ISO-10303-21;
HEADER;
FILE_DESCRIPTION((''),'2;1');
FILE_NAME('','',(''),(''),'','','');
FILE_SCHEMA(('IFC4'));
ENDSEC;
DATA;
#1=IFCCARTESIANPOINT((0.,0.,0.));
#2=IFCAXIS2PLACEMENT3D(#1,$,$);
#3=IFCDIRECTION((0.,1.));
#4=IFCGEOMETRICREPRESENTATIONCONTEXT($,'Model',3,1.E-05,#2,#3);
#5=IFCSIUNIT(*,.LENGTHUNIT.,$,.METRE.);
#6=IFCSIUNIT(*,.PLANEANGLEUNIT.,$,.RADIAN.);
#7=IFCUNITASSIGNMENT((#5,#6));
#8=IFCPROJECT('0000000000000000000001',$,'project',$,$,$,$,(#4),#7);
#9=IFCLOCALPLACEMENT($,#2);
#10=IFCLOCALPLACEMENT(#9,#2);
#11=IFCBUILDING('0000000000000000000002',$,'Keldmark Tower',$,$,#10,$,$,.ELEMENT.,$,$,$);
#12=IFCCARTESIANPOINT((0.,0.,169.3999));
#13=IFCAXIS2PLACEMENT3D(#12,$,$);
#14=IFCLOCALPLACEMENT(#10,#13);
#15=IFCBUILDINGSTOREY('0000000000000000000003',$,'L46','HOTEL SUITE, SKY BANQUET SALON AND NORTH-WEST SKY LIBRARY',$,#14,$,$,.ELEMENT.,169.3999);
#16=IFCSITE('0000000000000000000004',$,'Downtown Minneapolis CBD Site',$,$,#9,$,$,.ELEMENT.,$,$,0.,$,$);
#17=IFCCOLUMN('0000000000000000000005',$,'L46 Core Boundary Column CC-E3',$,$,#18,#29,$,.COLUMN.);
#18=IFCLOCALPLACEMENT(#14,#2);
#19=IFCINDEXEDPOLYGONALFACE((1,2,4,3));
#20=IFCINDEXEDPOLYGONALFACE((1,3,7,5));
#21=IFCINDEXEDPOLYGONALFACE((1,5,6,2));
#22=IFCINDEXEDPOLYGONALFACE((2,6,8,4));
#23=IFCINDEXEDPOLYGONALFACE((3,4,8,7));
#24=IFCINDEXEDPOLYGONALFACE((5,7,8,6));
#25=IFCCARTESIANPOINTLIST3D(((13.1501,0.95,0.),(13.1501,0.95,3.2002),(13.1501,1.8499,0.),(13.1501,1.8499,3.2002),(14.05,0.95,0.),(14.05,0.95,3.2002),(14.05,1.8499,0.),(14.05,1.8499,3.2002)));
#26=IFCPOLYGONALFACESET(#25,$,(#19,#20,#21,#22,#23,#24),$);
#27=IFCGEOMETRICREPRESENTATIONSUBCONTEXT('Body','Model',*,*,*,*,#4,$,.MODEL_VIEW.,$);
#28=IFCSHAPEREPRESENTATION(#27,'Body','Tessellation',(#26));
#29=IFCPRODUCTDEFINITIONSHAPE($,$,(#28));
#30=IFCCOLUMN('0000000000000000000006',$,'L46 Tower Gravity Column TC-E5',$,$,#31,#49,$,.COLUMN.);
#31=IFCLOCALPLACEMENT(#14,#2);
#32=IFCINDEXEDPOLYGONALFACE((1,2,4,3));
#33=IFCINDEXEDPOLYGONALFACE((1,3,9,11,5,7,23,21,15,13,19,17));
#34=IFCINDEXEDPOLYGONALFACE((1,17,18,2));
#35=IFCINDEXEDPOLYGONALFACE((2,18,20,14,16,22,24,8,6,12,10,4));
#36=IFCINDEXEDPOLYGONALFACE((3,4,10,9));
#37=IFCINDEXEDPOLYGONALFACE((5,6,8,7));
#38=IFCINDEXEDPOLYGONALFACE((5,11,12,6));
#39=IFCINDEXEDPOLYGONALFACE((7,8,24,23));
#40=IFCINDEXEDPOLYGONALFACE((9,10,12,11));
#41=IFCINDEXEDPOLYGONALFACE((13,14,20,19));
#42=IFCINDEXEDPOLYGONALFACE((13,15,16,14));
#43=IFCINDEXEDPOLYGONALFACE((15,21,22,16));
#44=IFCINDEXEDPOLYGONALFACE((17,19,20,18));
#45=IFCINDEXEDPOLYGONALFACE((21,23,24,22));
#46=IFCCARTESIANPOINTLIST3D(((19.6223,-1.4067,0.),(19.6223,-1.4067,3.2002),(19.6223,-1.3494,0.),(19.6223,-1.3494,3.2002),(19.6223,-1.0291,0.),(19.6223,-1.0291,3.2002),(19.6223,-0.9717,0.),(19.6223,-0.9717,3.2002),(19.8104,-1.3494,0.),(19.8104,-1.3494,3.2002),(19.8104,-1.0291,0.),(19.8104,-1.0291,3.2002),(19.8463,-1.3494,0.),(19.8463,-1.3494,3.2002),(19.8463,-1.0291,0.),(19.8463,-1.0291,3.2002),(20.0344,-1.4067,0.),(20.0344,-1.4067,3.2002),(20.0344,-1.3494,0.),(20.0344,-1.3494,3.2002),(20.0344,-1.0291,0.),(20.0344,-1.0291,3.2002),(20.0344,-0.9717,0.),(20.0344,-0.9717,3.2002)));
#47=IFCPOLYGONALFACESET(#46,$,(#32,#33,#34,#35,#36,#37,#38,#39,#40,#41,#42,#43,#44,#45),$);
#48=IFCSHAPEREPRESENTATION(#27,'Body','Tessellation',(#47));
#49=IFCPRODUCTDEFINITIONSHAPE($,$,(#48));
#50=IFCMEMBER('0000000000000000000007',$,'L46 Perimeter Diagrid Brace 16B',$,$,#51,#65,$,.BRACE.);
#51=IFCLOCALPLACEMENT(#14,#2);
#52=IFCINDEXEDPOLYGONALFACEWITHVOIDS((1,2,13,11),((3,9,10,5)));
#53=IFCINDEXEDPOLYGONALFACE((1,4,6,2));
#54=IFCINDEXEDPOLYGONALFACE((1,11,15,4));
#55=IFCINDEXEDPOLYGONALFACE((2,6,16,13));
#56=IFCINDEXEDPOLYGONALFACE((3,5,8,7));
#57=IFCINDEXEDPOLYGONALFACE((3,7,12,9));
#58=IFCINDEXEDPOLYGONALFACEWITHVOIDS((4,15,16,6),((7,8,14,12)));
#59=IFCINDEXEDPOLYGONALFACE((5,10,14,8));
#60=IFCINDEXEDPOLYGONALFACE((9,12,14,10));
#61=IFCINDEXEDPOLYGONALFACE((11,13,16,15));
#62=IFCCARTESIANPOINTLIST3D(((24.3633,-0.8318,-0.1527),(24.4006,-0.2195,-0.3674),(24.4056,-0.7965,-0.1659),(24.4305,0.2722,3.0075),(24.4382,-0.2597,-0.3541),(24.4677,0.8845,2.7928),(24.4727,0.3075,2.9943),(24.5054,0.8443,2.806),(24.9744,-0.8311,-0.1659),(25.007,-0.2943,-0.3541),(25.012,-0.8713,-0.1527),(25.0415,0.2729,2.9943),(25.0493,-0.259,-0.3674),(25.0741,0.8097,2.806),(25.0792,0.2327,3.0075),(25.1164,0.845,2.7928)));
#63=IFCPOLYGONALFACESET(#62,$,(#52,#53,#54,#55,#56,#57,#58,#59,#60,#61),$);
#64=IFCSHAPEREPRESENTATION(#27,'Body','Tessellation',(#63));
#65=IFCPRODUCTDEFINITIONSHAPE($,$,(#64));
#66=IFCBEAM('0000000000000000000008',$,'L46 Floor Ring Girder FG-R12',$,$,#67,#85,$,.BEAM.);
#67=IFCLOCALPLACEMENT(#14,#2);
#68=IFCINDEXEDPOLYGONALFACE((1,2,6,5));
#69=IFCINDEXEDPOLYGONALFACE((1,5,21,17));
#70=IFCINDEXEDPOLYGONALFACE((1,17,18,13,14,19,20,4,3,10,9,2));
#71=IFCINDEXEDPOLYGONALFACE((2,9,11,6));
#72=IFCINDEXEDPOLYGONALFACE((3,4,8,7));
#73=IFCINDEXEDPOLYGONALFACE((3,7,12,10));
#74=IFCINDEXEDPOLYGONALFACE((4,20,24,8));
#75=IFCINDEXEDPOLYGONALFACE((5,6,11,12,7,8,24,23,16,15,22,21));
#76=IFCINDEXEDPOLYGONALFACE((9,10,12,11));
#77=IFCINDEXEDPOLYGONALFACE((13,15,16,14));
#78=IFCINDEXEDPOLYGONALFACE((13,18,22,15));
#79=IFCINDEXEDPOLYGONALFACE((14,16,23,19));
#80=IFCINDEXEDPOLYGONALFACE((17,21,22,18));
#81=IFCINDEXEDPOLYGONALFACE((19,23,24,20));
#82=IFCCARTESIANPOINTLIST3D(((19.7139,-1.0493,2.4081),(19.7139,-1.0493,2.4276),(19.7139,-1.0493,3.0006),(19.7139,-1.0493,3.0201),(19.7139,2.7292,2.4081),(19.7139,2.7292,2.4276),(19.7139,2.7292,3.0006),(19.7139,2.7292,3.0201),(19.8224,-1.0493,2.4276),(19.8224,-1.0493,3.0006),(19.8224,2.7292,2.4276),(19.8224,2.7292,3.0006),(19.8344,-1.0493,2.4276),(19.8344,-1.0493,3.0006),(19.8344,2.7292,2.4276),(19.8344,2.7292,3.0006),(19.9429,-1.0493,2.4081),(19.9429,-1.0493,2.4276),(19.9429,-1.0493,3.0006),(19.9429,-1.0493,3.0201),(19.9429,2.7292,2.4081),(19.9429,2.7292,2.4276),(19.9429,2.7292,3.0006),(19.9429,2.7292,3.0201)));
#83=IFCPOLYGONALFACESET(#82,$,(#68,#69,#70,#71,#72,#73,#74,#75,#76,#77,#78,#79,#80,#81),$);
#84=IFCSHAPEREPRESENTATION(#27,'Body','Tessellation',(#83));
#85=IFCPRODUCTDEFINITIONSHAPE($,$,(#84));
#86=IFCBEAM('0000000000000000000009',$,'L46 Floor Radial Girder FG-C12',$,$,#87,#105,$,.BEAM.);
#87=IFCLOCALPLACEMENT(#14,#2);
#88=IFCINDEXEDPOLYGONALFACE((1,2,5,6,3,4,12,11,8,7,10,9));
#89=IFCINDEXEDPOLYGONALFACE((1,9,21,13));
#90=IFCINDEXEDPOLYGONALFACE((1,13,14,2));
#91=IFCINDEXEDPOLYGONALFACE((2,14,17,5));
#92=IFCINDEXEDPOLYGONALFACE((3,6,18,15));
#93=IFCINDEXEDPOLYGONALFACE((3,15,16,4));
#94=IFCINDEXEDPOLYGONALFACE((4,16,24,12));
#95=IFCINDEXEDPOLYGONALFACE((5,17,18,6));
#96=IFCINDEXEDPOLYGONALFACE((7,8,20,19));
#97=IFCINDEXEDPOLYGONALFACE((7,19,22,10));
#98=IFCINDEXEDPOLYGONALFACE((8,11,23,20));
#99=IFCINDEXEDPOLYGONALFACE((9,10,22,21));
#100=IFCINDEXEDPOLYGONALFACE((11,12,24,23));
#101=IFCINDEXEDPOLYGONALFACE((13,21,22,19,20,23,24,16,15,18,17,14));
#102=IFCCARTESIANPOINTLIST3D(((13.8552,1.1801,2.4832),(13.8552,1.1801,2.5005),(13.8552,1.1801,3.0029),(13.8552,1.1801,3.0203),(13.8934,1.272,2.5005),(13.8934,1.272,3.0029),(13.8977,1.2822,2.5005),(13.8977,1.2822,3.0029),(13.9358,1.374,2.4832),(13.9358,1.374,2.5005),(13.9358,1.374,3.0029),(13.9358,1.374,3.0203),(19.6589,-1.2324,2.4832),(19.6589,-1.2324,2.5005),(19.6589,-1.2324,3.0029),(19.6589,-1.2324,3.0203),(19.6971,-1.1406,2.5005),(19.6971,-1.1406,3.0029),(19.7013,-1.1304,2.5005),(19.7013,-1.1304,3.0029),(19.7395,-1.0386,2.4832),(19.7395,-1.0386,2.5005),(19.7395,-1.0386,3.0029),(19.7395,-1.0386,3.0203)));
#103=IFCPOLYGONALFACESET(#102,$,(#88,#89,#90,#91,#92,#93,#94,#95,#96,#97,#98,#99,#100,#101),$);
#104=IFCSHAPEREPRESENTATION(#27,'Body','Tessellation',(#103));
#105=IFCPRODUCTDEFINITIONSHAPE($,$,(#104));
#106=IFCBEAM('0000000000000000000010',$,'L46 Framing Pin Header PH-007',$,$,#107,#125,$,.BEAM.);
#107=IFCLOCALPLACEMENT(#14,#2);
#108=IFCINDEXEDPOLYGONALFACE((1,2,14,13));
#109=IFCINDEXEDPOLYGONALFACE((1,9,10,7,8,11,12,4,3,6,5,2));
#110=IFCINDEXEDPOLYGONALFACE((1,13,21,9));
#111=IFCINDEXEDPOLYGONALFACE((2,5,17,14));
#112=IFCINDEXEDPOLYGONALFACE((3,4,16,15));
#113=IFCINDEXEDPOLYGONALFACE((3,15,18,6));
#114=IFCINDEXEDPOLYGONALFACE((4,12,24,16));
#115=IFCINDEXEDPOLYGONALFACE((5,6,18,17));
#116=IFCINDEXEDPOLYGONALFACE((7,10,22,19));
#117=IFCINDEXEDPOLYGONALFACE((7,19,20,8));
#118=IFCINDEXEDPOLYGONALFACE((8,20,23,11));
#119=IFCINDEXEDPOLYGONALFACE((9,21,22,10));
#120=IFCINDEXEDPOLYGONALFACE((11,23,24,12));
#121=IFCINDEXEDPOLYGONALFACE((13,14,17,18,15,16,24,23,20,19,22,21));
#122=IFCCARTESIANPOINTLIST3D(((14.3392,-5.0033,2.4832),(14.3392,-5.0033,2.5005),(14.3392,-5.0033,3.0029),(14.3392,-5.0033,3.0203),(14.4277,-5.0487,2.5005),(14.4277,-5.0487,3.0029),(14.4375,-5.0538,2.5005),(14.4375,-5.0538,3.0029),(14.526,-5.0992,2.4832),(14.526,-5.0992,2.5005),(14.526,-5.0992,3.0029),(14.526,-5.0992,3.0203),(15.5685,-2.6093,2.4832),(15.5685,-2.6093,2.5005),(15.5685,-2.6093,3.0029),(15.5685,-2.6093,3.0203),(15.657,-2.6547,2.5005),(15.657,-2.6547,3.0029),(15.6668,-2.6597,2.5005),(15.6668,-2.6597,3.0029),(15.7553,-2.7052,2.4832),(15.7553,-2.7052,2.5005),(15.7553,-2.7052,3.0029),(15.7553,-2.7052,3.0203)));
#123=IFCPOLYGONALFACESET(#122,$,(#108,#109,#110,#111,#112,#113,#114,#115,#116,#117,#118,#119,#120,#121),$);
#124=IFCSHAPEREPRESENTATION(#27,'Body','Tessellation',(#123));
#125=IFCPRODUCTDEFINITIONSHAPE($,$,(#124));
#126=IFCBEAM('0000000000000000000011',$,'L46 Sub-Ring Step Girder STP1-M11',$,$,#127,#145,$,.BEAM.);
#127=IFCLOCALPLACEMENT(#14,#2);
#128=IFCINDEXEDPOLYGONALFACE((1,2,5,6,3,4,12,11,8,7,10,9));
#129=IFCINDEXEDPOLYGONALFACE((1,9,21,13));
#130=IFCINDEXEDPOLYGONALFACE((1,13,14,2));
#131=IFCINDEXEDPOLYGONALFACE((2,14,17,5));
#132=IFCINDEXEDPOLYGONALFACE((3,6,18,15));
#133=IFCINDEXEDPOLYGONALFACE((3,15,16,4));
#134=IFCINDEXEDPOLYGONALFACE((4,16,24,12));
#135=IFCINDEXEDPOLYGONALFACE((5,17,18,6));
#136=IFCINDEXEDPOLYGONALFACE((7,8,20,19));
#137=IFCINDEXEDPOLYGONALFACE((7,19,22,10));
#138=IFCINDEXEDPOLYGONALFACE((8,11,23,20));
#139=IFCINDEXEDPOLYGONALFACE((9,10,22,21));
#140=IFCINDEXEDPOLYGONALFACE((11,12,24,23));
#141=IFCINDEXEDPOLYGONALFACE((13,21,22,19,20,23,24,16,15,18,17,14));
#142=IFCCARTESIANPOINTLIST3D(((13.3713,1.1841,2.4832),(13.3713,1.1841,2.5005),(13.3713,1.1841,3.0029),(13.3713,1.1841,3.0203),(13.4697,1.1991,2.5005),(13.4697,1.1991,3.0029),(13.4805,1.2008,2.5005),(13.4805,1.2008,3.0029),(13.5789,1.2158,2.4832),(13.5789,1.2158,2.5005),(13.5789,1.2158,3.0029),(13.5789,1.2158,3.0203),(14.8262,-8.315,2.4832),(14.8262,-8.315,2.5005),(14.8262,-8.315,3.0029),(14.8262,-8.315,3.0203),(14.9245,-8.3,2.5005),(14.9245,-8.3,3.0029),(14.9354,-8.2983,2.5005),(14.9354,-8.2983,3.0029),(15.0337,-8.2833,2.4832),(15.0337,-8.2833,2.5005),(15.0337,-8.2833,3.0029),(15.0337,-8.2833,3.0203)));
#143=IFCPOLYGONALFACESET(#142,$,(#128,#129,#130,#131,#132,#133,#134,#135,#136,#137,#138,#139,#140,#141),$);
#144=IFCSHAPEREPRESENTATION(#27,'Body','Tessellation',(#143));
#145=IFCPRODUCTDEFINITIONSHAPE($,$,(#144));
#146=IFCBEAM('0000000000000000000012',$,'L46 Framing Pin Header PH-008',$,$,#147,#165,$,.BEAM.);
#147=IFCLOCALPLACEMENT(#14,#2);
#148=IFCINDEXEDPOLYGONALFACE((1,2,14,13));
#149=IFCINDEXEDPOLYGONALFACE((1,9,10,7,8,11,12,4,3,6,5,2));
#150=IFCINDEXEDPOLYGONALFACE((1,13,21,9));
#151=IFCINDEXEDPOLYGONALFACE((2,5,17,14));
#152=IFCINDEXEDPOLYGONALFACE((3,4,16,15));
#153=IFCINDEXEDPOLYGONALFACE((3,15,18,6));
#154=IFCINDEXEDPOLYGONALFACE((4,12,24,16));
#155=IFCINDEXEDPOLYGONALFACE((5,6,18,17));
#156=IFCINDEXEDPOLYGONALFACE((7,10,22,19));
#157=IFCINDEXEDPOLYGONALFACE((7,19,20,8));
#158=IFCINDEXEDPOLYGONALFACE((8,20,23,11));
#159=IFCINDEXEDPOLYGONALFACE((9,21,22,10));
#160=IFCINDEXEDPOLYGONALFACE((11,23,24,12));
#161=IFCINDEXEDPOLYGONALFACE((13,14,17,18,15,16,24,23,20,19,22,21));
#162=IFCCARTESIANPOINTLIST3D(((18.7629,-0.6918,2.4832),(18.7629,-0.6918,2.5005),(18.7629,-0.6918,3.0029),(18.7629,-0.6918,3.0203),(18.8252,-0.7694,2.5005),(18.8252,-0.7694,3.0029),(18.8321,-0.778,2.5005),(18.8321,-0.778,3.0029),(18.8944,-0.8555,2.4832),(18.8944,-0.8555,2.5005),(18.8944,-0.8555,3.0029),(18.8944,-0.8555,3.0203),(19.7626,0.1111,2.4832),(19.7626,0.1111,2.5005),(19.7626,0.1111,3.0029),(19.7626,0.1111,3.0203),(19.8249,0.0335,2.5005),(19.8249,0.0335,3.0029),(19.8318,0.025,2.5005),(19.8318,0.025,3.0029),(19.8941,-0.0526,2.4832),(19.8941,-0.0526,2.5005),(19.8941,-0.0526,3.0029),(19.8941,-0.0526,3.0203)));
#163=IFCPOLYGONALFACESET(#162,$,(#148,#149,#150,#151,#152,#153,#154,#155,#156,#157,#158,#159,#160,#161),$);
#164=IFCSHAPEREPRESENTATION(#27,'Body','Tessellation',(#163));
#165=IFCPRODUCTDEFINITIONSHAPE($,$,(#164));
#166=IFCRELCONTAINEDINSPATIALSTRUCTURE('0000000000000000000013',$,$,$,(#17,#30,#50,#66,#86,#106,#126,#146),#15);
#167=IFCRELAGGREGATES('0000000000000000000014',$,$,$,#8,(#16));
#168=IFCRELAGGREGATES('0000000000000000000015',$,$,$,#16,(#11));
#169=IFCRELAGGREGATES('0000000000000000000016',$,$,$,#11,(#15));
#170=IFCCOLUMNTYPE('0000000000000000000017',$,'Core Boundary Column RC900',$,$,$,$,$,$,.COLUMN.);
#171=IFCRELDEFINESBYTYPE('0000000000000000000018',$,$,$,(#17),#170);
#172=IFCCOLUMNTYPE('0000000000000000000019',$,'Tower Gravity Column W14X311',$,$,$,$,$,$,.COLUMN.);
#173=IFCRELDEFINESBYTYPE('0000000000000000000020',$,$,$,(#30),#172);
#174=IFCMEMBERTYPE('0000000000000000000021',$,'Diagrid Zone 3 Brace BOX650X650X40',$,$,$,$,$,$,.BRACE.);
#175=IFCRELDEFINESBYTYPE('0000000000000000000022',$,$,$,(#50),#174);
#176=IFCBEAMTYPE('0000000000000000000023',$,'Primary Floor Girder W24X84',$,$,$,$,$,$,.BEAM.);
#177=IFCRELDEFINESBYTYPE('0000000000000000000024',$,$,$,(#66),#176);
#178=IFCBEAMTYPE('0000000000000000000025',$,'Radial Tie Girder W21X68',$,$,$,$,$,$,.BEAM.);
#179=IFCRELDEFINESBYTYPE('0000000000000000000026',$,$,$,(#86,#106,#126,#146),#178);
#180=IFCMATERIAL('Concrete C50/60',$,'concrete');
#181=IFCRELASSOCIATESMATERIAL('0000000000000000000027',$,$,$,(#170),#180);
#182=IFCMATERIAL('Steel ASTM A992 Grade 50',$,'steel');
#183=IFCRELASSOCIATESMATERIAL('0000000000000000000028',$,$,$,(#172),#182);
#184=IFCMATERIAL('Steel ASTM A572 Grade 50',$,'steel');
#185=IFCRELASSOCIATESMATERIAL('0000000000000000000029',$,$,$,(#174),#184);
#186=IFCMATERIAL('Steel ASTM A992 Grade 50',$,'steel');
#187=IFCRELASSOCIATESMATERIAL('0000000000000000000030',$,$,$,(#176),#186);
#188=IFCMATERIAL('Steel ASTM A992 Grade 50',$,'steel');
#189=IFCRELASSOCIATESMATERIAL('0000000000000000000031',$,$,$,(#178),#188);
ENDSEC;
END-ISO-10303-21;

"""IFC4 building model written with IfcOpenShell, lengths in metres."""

from ifc_helpers import new_model, si_unit, direction, frame, origin, origin_2d, place, context, subcontext, project, spatial, rectangle, hollow_rectangle, i_section, extrude, material, material_profile, profile_set, type_object, element, save


model = new_model("IFC4")

# Units and contexts
model_context = context("Model", 3, precision=1e-05, world=origin(), true_north=direction((0.0, 1.0)))
body_context = subcontext(model_context, "Body", "Model", "MODEL_VIEW")
ifc_project = project(units=[si_unit("LENGTHUNIT", "METRE"), si_unit("PLANEANGLEUNIT", "RADIAN")], contexts=[model_context])

# Site, building, storey
site_placement = place(None, origin())
site = spatial("IfcSite", under=ifc_project, at=site_placement, Name="Downtown Minneapolis CBD Site", CompositionType="ELEMENT", RefElevation=0.0)
building_placement = place(site_placement, origin())
building = spatial("IfcBuilding", under=site, at=building_placement, Name="Keldmark Tower", CompositionType="ELEMENT")
storey_placement = place(building_placement, frame((0.0, 0.0, 169.3999)))
storey = spatial("IfcBuildingStorey", under=building, at=storey_placement, Name="L46", Description="HOTEL SUITE, SKY BANQUET SALON AND NORTH-WEST SKY LIBRARY", CompositionType="ELEMENT", Elevation=169.3999)

# Columns
ifc_material_1 = material(Name="Concrete C50/60", Category="concrete")
ifc_material_profile_1 = material_profile(ifc_material_1, rectangle(XDim=0.8999, YDim=0.8999, at=origin_2d()), Name="RC900X900")
ifc_profile_set_1 = profile_set([ifc_material_profile_1], Name="Concrete C50/60")
column_type_1 = type_object("IfcColumnType", Name="Core Boundary Column RC900", PredefinedType="COLUMN", material=ifc_profile_set_1)
column_1_placement = place(storey_placement, frame((13.6001, 1.3999, 0.0), z_axis=(0.0, 0.0, 1.0), x_axis=(1.0, 0.0, 0.0)))
element("IfcColumn", 1, at=column_1_placement, inside=storey, type_object=column_type_1, Name="L46 Core Boundary Column CC-E3", PredefinedType="COLUMN", context=body_context, shape_type="SweptSolid", body=[
    extrude(rectangle(XDim=0.8999, YDim=0.8999, at=origin_2d()), origin(), (0.0, 0.0, 1.0), 3.2002),
])
ifc_material_2 = material(Name="Steel ASTM A992 Grade 50", Category="steel")
ifc_material_profile_2 = material_profile(ifc_material_2, i_section(OverallWidth=0.4121, OverallDepth=0.4351, WebThickness=0.0359, FlangeThickness=0.0574, at=origin_2d()), Name="W14X311")
ifc_profile_set_2 = profile_set([ifc_material_profile_2], Name="Steel ASTM A992 Grade 50")
column_type_2 = type_object("IfcColumnType", Name="Tower Gravity Column W14X311", PredefinedType="COLUMN", material=ifc_profile_set_2)
column_2_placement = place(storey_placement, frame((19.8284, -1.1892, 0.0), z_axis=(0.0, 0.0, 1.0), x_axis=(1.0, 0.0, 0.0)))
element("IfcColumn", 2, at=column_2_placement, inside=storey, type_object=column_type_2, Name="L46 Tower Gravity Column TC-E5", PredefinedType="COLUMN", context=body_context, shape_type="SweptSolid", body=[
    extrude(i_section(OverallWidth=0.4121, OverallDepth=0.4351, WebThickness=0.0359, FlangeThickness=0.0574, at=origin_2d()), origin(), (0.0, 0.0, 1.0), 3.2002),
])

# Member
ifc_material_3 = material(Name="Steel ASTM A572 Grade 50", Category="steel")
ifc_material_profile_3 = material_profile(ifc_material_3, hollow_rectangle(XDim=0.6499, YDim=0.6499, WallThickness=0.04, at=origin_2d()), Name="BOX650X650X40")
ifc_profile_set_3 = profile_set([ifc_material_profile_3], Name="Steel ASTM A572 Grade 50")
member_type = type_object("IfcMemberType", Name="Diagrid Zone 3 Brace BOX650X650X40", PredefinedType="BRACE", material=ifc_profile_set_3)
member_placement = place(storey_placement, frame((24.7063, -0.5454, -0.26), z_axis=(0.020053, 0.329738, 0.943859), x_axis=(-0.998156, 0.060702, 0.0)))
element("IfcMember", 3, at=member_placement, inside=storey, type_object=member_type, Name="L46 Perimeter Diagrid Brace 16B", PredefinedType="BRACE", context=body_context, shape_type="SweptSolid", body=[
    extrude(hollow_rectangle(XDim=0.6499, YDim=0.6499, WallThickness=0.04, at=origin_2d()), origin(), (0.0, 0.0, 1.0), 3.3481),
])

# Beams
ifc_material_4 = material(Name="Steel ASTM A992 Grade 50", Category="steel")
ifc_material_profile_4 = material_profile(ifc_material_4, i_section(OverallWidth=0.229, OverallDepth=0.6121, WebThickness=0.012, FlangeThickness=0.0195, at=origin_2d()), Name="W24X84")
ifc_profile_set_4 = profile_set([ifc_material_profile_4], Name="Steel ASTM A992 Grade 50")
beam_type_1 = type_object("IfcBeamType", Name="Primary Floor Girder W24X84", PredefinedType="BEAM", material=ifc_profile_set_4)
beam_1_placement = place(storey_placement, frame((19.8284, -1.0493, 2.7141), z_axis=(0.0, 1.0, 0.0), x_axis=(-1.0, 0.0, 0.0)))
element("IfcBeam", 4, at=beam_1_placement, inside=storey, type_object=beam_type_1, Name="L46 Floor Ring Girder FG-R12", PredefinedType="BEAM", context=body_context, shape_type="SweptSolid", body=[
    extrude(i_section(OverallWidth=0.229, OverallDepth=0.6121, WebThickness=0.012, FlangeThickness=0.0195, at=origin_2d()), origin(), (0.0, 0.0, 1.0), 3.7786),
])
ifc_material_5 = material(Name="Steel ASTM A992 Grade 50", Category="steel")
ifc_material_profile_5 = material_profile(ifc_material_5, i_section(OverallWidth=0.21, OverallDepth=0.5371, WebThickness=0.011, FlangeThickness=0.0173, at=origin_2d()), Name="W21X68")
ifc_profile_set_5 = profile_set([ifc_material_profile_5], Name="Steel ASTM A992 Grade 50")
beam_type_2 = type_object("IfcBeamType", Name="Radial Tie Girder W21X68", PredefinedType="BEAM", material=ifc_profile_set_5)
beam_2_placement = place(storey_placement, frame((19.6992, -1.1355, 2.7517), z_axis=(-0.923394, 0.383854, 0.0), x_axis=(-0.383854, -0.923394, 0.0)))
element("IfcBeam", 5, at=beam_2_placement, inside=storey, type_object=beam_type_2, Name="L46 Floor Radial Girder FG-C12", PredefinedType="BEAM", context=body_context, shape_type="SweptSolid", body=[
    extrude(i_section(OverallWidth=0.21, OverallDepth=0.5371, WebThickness=0.011, FlangeThickness=0.0173, at=origin_2d()), origin(), (0.0, 0.0, 1.0), 6.2852),
])
beam_3_placement = place(storey_placement, frame((15.6619, -2.6572, 2.7517), z_axis=(-0.456768, -0.889586, 0.0), x_axis=(0.889586, -0.456768, 0.0)))
element("IfcBeam", 6, at=beam_3_placement, inside=storey, type_object=beam_type_2, Name="L46 Framing Pin Header PH-007", PredefinedType="BEAM", context=body_context, shape_type="SweptSolid", body=[
    extrude(i_section(OverallWidth=0.21, OverallDepth=0.5371, WebThickness=0.011, FlangeThickness=0.0173, at=origin_2d()), origin(), (0.0, 0.0, 1.0), 2.6912),
])
beam_4_placement = place(storey_placement, frame((13.4751, 1.2, 2.7517), z_axis=(0.151391, -0.988474, 0.0), x_axis=(0.988474, 0.151391, 0.0)))
element("IfcBeam", 7, at=beam_4_placement, inside=storey, type_object=beam_type_2, Name="L46 Sub-Ring Step Girder STP1-M11", PredefinedType="BEAM", context=body_context, shape_type="SweptSolid", body=[
    extrude(i_section(OverallWidth=0.21, OverallDepth=0.5371, WebThickness=0.011, FlangeThickness=0.0173, at=origin_2d()), origin(), (0.0, 0.0, 1.0), 9.6099),
])
beam_5_placement = place(storey_placement, frame((18.8286, -0.7737, 2.7517), z_axis=(0.77966, 0.626203, 0.0), x_axis=(-0.626203, 0.77966, 0.0)))
element("IfcBeam", 8, at=beam_5_placement, inside=storey, type_object=beam_type_2, Name="L46 Framing Pin Header PH-008", PredefinedType="BEAM", context=body_context, shape_type="SweptSolid", body=[
    extrude(i_section(OverallWidth=0.21, OverallDepth=0.5371, WebThickness=0.011, FlangeThickness=0.0173, at=origin_2d()), origin(), (0.0, 0.0, 1.0), 1.2822),
])

save(model, "model.ifc")
